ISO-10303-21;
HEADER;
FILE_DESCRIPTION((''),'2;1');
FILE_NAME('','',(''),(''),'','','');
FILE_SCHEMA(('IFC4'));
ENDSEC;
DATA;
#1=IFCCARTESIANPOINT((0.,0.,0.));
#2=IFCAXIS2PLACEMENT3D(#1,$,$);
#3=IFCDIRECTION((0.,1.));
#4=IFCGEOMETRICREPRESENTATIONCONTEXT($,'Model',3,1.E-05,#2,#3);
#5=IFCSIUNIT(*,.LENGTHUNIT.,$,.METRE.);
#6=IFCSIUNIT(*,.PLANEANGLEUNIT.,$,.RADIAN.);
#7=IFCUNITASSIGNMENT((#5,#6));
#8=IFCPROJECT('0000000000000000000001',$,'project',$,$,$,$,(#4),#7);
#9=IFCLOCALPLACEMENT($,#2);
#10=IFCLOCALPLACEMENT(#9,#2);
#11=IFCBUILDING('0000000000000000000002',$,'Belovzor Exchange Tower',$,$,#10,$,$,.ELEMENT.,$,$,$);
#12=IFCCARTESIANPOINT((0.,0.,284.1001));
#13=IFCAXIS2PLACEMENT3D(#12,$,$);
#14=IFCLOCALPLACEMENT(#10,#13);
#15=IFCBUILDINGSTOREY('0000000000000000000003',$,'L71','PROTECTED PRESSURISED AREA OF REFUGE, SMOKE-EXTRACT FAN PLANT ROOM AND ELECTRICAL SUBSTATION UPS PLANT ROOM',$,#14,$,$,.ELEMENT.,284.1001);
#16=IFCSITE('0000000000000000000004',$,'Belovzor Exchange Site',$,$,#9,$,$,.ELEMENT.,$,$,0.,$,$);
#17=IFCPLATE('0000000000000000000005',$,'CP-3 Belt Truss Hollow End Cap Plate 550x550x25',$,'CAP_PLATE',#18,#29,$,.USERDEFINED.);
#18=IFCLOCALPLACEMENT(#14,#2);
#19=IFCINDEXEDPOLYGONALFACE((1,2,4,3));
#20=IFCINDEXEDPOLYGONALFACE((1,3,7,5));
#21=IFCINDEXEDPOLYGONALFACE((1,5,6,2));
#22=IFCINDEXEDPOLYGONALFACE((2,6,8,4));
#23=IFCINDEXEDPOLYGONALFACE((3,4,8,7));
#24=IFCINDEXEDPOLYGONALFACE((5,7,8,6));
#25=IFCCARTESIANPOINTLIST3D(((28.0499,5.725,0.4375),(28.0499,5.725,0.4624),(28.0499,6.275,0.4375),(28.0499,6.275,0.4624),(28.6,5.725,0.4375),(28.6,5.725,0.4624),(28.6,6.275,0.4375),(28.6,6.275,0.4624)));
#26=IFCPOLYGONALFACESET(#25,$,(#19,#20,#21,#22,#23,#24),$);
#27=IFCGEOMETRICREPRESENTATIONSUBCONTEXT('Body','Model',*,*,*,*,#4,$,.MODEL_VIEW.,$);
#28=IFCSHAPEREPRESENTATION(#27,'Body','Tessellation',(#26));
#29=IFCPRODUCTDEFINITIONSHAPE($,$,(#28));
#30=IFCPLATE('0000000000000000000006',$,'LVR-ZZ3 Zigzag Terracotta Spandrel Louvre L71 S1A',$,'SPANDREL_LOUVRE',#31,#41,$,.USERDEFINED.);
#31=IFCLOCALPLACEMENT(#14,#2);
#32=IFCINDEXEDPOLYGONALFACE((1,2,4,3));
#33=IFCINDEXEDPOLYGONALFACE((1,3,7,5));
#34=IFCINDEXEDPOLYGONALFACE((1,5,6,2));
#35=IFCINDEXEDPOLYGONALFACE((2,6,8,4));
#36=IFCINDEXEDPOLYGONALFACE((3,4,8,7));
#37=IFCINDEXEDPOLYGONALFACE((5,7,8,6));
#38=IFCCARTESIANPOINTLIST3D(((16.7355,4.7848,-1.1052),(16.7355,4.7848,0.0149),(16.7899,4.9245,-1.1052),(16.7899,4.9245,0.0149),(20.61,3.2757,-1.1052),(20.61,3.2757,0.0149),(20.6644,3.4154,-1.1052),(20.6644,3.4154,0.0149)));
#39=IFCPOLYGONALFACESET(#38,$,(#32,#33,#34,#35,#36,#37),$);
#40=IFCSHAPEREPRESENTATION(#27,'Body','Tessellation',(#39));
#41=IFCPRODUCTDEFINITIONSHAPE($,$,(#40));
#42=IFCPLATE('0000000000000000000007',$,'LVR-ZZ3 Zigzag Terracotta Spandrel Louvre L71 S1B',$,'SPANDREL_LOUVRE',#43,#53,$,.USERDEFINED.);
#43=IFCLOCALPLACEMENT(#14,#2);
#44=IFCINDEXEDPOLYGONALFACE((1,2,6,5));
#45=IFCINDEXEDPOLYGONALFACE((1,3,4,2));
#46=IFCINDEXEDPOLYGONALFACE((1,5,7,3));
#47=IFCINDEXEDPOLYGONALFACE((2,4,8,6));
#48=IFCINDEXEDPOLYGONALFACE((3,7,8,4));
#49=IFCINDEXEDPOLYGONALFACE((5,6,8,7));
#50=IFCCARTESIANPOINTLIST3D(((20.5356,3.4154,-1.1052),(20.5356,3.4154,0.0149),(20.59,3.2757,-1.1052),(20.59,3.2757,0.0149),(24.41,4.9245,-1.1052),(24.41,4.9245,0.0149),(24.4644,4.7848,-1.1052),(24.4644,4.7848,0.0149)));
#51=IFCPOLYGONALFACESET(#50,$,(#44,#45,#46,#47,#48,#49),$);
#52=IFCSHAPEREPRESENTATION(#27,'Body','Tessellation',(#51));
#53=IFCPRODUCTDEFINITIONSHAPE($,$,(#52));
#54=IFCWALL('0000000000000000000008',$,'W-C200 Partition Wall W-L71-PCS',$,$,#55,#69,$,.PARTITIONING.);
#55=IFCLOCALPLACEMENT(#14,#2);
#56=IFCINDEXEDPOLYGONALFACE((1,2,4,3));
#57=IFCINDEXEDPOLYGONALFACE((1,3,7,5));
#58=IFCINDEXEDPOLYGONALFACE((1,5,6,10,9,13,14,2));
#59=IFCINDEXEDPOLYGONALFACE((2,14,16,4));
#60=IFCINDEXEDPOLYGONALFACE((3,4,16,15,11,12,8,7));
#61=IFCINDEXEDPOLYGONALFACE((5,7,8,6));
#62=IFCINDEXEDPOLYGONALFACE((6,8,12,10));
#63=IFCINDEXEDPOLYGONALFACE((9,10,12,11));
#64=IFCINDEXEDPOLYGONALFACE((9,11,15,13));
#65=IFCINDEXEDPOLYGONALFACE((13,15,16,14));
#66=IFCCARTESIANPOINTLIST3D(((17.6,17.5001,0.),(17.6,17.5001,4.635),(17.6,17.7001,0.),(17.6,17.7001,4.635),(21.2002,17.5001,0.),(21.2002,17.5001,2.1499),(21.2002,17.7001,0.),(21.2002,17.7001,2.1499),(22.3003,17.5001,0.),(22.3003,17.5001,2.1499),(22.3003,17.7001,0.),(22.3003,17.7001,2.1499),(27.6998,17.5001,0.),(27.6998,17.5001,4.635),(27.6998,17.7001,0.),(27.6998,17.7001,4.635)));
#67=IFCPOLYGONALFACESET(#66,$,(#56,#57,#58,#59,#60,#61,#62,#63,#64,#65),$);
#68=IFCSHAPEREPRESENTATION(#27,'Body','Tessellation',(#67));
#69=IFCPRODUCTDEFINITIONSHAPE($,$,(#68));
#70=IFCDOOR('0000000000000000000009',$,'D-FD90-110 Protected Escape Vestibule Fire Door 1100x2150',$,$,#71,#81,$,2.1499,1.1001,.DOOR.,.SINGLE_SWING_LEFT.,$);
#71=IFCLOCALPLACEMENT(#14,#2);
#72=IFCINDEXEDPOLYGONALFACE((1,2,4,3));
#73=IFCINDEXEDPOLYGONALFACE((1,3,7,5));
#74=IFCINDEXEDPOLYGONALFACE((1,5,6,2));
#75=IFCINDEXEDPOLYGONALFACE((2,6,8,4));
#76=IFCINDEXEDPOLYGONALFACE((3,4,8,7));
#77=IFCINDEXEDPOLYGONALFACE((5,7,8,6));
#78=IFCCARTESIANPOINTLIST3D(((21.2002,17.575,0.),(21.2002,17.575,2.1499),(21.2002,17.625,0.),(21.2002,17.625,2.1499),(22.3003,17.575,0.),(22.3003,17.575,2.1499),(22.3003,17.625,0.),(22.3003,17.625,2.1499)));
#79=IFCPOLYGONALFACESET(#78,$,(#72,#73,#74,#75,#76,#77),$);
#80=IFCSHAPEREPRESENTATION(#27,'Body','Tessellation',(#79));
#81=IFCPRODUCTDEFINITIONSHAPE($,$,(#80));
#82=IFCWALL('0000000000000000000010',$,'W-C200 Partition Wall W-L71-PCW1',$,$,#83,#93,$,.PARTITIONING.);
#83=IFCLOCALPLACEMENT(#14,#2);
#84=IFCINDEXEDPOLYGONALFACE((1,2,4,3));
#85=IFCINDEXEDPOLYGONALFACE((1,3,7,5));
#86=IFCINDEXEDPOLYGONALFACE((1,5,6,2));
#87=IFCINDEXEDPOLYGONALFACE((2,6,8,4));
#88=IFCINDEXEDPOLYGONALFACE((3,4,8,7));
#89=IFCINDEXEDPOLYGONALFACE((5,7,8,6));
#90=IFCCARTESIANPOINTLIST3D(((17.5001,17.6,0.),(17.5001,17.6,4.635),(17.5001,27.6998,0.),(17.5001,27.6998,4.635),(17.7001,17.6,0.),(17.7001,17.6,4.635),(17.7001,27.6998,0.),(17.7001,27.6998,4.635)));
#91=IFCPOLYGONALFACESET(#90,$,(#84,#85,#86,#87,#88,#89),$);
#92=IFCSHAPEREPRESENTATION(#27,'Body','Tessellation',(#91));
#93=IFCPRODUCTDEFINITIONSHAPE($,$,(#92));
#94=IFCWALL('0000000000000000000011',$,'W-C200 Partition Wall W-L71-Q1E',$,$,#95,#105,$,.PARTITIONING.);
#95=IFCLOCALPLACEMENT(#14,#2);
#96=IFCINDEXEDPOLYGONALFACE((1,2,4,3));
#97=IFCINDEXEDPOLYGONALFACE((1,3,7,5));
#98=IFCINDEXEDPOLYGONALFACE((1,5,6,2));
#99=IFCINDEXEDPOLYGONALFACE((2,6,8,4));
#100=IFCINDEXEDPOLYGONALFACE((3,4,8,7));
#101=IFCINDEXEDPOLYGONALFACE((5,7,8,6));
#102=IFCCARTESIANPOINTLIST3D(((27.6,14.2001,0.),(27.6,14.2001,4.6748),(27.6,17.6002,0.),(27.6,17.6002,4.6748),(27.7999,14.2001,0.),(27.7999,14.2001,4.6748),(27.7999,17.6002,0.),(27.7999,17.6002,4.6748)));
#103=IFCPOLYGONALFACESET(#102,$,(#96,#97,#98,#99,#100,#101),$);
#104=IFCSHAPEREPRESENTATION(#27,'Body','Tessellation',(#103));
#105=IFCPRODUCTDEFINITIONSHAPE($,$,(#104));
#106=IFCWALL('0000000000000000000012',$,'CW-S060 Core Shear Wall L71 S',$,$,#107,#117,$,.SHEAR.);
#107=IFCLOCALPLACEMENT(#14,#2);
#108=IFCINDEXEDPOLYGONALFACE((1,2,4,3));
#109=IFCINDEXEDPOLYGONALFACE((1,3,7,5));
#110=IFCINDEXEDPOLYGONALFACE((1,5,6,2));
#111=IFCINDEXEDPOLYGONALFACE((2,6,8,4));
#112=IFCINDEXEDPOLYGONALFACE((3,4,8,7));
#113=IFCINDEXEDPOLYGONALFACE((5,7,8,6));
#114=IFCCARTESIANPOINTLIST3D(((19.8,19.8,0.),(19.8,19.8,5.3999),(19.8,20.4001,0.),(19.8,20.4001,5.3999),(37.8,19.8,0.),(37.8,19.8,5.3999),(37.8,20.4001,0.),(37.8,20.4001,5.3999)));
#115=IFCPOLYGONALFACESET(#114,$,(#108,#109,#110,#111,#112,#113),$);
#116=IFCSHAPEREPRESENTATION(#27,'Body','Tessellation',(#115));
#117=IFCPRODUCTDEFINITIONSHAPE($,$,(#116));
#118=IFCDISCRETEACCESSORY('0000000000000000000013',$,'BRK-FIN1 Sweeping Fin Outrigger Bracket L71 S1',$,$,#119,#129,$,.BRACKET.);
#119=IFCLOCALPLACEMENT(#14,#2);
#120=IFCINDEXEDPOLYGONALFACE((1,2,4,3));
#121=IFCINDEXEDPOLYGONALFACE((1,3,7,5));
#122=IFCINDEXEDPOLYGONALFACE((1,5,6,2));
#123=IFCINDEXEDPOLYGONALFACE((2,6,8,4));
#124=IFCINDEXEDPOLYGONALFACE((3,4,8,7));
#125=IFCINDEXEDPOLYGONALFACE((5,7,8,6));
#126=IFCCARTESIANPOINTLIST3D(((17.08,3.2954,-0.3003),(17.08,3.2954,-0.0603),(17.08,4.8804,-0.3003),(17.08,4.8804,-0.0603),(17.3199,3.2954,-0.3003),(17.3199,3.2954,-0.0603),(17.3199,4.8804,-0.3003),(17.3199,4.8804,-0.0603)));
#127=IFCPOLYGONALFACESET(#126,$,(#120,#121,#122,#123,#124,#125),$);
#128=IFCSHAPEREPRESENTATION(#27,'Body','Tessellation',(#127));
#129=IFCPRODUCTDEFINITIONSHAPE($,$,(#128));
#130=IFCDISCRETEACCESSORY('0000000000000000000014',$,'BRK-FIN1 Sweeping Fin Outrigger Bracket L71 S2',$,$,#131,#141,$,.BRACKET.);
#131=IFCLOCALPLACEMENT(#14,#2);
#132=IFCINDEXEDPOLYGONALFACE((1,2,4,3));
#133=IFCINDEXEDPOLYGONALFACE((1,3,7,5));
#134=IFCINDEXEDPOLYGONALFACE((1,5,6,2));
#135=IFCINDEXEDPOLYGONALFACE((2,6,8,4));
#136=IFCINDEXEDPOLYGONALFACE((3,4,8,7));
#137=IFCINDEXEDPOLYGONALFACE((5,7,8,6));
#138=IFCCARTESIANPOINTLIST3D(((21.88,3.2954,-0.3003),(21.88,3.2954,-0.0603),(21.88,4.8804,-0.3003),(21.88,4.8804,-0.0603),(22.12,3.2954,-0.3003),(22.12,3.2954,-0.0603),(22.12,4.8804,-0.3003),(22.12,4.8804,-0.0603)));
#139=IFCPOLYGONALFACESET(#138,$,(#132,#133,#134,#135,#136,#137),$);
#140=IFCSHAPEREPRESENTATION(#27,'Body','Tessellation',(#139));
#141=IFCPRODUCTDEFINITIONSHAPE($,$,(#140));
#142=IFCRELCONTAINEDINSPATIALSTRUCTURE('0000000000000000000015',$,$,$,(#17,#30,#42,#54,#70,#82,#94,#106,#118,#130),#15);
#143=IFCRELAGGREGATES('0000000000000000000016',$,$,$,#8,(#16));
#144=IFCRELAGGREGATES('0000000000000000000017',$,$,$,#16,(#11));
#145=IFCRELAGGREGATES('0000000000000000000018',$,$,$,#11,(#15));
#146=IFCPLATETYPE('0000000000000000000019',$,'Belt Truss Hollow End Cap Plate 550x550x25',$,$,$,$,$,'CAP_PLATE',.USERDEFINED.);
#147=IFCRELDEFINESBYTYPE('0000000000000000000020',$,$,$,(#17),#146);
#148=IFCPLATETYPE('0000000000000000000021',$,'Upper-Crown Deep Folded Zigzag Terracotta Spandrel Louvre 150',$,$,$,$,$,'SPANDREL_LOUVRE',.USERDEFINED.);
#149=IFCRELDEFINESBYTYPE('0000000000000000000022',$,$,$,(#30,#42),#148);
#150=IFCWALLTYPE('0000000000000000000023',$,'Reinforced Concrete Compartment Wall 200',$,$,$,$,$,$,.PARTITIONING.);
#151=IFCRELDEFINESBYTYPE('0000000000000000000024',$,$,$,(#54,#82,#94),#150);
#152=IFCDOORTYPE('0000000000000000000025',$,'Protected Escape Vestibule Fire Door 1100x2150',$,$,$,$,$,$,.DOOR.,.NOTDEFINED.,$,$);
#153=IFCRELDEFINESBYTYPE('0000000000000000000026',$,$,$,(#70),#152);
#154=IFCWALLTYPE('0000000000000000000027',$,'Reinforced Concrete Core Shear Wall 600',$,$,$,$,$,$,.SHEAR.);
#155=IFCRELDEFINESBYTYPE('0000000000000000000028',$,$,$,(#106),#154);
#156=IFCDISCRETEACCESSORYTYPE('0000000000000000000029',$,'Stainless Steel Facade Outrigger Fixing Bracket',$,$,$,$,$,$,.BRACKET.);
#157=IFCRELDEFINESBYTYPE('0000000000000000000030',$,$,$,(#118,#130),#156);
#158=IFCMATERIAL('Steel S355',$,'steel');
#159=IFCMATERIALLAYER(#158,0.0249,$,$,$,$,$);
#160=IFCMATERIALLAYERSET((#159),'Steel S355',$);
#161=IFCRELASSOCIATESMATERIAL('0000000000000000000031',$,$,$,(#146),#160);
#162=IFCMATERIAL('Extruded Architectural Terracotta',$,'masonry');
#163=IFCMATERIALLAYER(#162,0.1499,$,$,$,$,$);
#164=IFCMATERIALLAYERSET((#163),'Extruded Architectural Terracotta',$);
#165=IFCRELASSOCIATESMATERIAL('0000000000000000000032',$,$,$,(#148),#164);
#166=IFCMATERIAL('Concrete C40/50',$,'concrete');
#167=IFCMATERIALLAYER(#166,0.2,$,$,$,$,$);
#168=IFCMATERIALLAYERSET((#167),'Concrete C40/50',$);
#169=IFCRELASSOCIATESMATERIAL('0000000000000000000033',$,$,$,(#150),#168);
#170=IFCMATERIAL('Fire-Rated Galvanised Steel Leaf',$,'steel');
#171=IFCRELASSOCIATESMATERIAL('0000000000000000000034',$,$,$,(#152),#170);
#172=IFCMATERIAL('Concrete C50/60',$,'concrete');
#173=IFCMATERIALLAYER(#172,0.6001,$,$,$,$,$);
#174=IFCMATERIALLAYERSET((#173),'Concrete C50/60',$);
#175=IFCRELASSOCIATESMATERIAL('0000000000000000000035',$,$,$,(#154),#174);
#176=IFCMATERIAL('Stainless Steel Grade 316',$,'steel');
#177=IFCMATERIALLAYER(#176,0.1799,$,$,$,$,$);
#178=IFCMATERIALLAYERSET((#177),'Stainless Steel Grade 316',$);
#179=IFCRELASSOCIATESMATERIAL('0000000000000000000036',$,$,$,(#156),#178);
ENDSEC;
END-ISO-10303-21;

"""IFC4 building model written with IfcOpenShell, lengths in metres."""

from ifc_helpers import new_model, si_unit, direction, frame, frame_2d, origin, origin_2d, place, context, subcontext, project, spatial, rectangle, extrude, material, layer, layer_set, type_object, element, fill, save


model = new_model("IFC4")

# Units and contexts
model_context = context("Model", 3, precision=1e-05, world=origin(), true_north=direction((0.0, 1.0)))
body_context = subcontext(model_context, "Body", "Model", "MODEL_VIEW")
ifc_project = project(units=[si_unit("LENGTHUNIT", "METRE"), si_unit("PLANEANGLEUNIT", "RADIAN")], contexts=[model_context])

# Site, building, storey
site_placement = place(None, origin())
site = spatial("IfcSite", under=ifc_project, at=site_placement, Name="Belovzor Exchange Site", CompositionType="ELEMENT", RefElevation=0.0)
building_placement = place(site_placement, origin())
building = spatial("IfcBuilding", under=site, at=building_placement, Name="Belovzor Exchange Tower", CompositionType="ELEMENT")
storey_placement = place(building_placement, frame((0.0, 0.0, 284.1001)))
storey = spatial("IfcBuildingStorey", under=building, at=storey_placement, Name="L71", Description="PROTECTED PRESSURISED AREA OF REFUGE, SMOKE-EXTRACT FAN PLANT ROOM AND ELECTRICAL SUBSTATION UPS PLANT ROOM", CompositionType="ELEMENT", Elevation=284.1001)

# Plates
ifc_material_1 = material(Name="Steel S355", Category="steel")
ifc_layer_1 = layer(ifc_material_1, 0.0249)
ifc_layer_set_1 = layer_set([ifc_layer_1], Name="Steel S355")
plate_type_1 = type_object("IfcPlateType", Name="Belt Truss Hollow End Cap Plate 550x550x25", ElementType="CAP_PLATE", PredefinedType="USERDEFINED", material=ifc_layer_set_1)
plate_1_placement = place(storey_placement, frame((28.325, 6.0, 0.4375), z_axis=(0.0, 0.0, 1.0), x_axis=(1.0, 0.0, 0.0)))
element("IfcPlate", 1, at=plate_1_placement, inside=storey, type_object=plate_type_1, Name="CP-3 Belt Truss Hollow End Cap Plate 550x550x25", ObjectType="CAP_PLATE", PredefinedType="USERDEFINED", context=body_context, shape_type="SweptSolid", body=[
    extrude(rectangle(XDim=0.55, YDim=0.55, at=origin_2d()), origin(), (0.0, 0.0, 1.0), 0.0249),
])
ifc_material_2 = material(Name="Extruded Architectural Terracotta", Category="masonry")
ifc_layer_2 = layer(ifc_material_2, 0.1499)
ifc_layer_set_2 = layer_set([ifc_layer_2], Name="Extruded Architectural Terracotta")
plate_type_2 = type_object("IfcPlateType", Name="Upper-Crown Deep Folded Zigzag Terracotta Spandrel Louvre 150", ElementType="SPANDREL_LOUVRE", PredefinedType="USERDEFINED", material=ifc_layer_set_2)
for number, where, z_axis, x_axis, name in (
    (2, (18.7, 4.1001, -1.1052), (0.0, 0.0, 1.0), (0.931818, -0.362926, 0.0), "LVR-ZZ3 Zigzag Terracotta Spandrel Louvre L71 S1A"),
    (3, (22.5, 4.1001, -1.1052), (0.0, 0.0, 1.0), (0.931818, 0.362926, 0.0), "LVR-ZZ3 Zigzag Terracotta Spandrel Louvre L71 S1B"),
):
    element("IfcPlate", number, at=place(storey_placement, frame(where, z_axis=z_axis, x_axis=x_axis)), inside=storey, type_object=plate_type_2, Name=name, ObjectType="SPANDREL_LOUVRE", PredefinedType="USERDEFINED", context=body_context, shape_type="SweptSolid", body=[
        extrude(rectangle(XDim=4.158, YDim=0.1499, at=origin_2d()), origin(), (0.0, 0.0, 1.0), 1.1201),
    ])

# Wall, opening, door
ifc_material_3 = material(Name="Concrete C40/50", Category="concrete")
ifc_layer_3 = layer(ifc_material_3, 0.2)
ifc_layer_set_3 = layer_set([ifc_layer_3], Name="Concrete C40/50")
wall_type_1 = type_object("IfcWallType", Name="Reinforced Concrete Compartment Wall 200", PredefinedType="PARTITIONING", material=ifc_layer_set_3)
wall_1_placement = place(storey_placement, frame((17.6001, 17.6001, 0.0), z_axis=(0.0, 0.0, 1.0), x_axis=(1.0, 0.0, 0.0)))
wall_1 = element("IfcWall", 4, at=wall_1_placement, inside=storey, type_object=wall_type_1, Name="W-C200 Partition Wall W-L71-PCS", PredefinedType="PARTITIONING", context=body_context, shape_type="SweptSolid", body=[
    extrude(rectangle(XDim=10.0999, YDim=0.2, at=frame_2d((5.0498, 0.0))), origin(), (0.0, 0.0, 1.0), 4.635),
])
opening_placement = place(wall_1_placement, frame((3.6001, 0.0, 0.0)))
opening = element("IfcOpeningElement", 5, at=opening_placement, cuts=wall_1, PredefinedType="OPENING", context=body_context, shape_type="SweptSolid", body=[
    extrude(rectangle(XDim=1.1001, YDim=2.1499, at=frame_2d((0.55, 1.075))), frame((0.0, 0.1099, 0.0), z_axis=(0.0, -1.0, 0.0), x_axis=(1.0, 0.0, 0.0)), (0.0, 0.0, 1.0), 0.22),
])
ifc_material_4 = material(Name="Fire-Rated Galvanised Steel Leaf", Category="steel")
door_type = type_object("IfcDoorType", Name="Protected Escape Vestibule Fire Door 1100x2150", OperationType="NOTDEFINED", PredefinedType="DOOR", material=ifc_material_4)
door_placement = place(opening_placement, origin())
door = element("IfcDoor", 6, at=door_placement, inside=storey, type_object=door_type, Name="D-FD90-110 Protected Escape Vestibule Fire Door 1100x2150", OperationType="SINGLE_SWING_LEFT", OverallHeight=2.1499, OverallWidth=1.1001, PredefinedType="DOOR", context=body_context, shape_type="SweptSolid", body=[
    extrude(rectangle(XDim=1.1001, YDim=2.1499, at=frame_2d((0.55, 1.075))), frame((0.0, 0.0249, 0.0), z_axis=(0.0, -1.0, 0.0), x_axis=(1.0, 0.0, 0.0)), (0.0, 0.0, 1.0), 0.05),
])
fill(opening, door)

# Walls
wall_2_placement = place(storey_placement, frame((17.6001, 17.6001, 0.0), z_axis=(0.0, 0.0, 1.0), x_axis=(0.0, 1.0, 0.0)))
element("IfcWall", 7, at=wall_2_placement, inside=storey, type_object=wall_type_1, Name="W-C200 Partition Wall W-L71-PCW1", PredefinedType="PARTITIONING", context=body_context, shape_type="SweptSolid", body=[
    extrude(rectangle(XDim=10.0999, YDim=0.2, at=frame_2d((5.0498, 0.0))), origin(), (0.0, 0.0, 1.0), 4.635),
])
wall_3_placement = place(storey_placement, frame((27.7, 14.2, 0.0), z_axis=(0.0, 0.0, 1.0), x_axis=(0.0, 1.0, 0.0)))
element("IfcWall", 8, at=wall_3_placement, inside=storey, type_object=wall_type_1, Name="W-C200 Partition Wall W-L71-Q1E", PredefinedType="PARTITIONING", context=body_context, shape_type="SweptSolid", body=[
    extrude(rectangle(XDim=3.4001, YDim=0.2, at=frame_2d((1.7002, 0.0))), origin(), (0.0, 0.0, 1.0), 4.6748),
])
ifc_material_5 = material(Name="Concrete C50/60", Category="concrete")
ifc_layer_4 = layer(ifc_material_5, 0.6001)
ifc_layer_set_4 = layer_set([ifc_layer_4], Name="Concrete C50/60")
wall_type_2 = type_object("IfcWallType", Name="Reinforced Concrete Core Shear Wall 600", PredefinedType="SHEAR", material=ifc_layer_set_4)
wall_4_placement = place(storey_placement, frame((19.8, 20.1001, 0.0), z_axis=(0.0, 0.0, 1.0), x_axis=(1.0, 0.0, 0.0)))
element("IfcWall", 9, at=wall_4_placement, inside=storey, type_object=wall_type_2, Name="CW-S060 Core Shear Wall L71 S", PredefinedType="SHEAR", context=body_context, shape_type="SweptSolid", body=[
    extrude(rectangle(XDim=18.0, YDim=0.6001, at=frame_2d((9.0, 0.0))), origin(), (0.0, 0.0, 1.0), 5.3999),
])

# Discrete accessories
ifc_material_6 = material(Name="Stainless Steel Grade 316", Category="steel")
ifc_layer_5 = layer(ifc_material_6, 0.1799)
ifc_layer_set_5 = layer_set([ifc_layer_5], Name="Stainless Steel Grade 316")
discrete_accessory_type = type_object("IfcDiscreteAccessoryType", Name="Stainless Steel Facade Outrigger Fixing Bracket", PredefinedType="BRACKET", material=ifc_layer_set_5)
for number, where, z_axis, x_axis, name in (
    (10, (17.2, 4.0879, -0.3003), (0.0, 0.0, 1.0), (0.0, 1.0, 0.0), "BRK-FIN1 Sweeping Fin Outrigger Bracket L71 S1"),
    (11, (22.0, 4.0879, -0.3003), (0.0, 0.0, 1.0), (0.0, 1.0, 0.0), "BRK-FIN1 Sweeping Fin Outrigger Bracket L71 S2"),
):
    element("IfcDiscreteAccessory", number, at=place(storey_placement, frame(where, z_axis=z_axis, x_axis=x_axis)), inside=storey, type_object=discrete_accessory_type, Name=name, PredefinedType="BRACKET", context=body_context, shape_type="SweptSolid", body=[
        extrude(rectangle(XDim=1.585, YDim=0.24, at=origin_2d()), origin(), (0.0, 0.0, 1.0), 0.24),
    ])

save(model, "model.ifc")
